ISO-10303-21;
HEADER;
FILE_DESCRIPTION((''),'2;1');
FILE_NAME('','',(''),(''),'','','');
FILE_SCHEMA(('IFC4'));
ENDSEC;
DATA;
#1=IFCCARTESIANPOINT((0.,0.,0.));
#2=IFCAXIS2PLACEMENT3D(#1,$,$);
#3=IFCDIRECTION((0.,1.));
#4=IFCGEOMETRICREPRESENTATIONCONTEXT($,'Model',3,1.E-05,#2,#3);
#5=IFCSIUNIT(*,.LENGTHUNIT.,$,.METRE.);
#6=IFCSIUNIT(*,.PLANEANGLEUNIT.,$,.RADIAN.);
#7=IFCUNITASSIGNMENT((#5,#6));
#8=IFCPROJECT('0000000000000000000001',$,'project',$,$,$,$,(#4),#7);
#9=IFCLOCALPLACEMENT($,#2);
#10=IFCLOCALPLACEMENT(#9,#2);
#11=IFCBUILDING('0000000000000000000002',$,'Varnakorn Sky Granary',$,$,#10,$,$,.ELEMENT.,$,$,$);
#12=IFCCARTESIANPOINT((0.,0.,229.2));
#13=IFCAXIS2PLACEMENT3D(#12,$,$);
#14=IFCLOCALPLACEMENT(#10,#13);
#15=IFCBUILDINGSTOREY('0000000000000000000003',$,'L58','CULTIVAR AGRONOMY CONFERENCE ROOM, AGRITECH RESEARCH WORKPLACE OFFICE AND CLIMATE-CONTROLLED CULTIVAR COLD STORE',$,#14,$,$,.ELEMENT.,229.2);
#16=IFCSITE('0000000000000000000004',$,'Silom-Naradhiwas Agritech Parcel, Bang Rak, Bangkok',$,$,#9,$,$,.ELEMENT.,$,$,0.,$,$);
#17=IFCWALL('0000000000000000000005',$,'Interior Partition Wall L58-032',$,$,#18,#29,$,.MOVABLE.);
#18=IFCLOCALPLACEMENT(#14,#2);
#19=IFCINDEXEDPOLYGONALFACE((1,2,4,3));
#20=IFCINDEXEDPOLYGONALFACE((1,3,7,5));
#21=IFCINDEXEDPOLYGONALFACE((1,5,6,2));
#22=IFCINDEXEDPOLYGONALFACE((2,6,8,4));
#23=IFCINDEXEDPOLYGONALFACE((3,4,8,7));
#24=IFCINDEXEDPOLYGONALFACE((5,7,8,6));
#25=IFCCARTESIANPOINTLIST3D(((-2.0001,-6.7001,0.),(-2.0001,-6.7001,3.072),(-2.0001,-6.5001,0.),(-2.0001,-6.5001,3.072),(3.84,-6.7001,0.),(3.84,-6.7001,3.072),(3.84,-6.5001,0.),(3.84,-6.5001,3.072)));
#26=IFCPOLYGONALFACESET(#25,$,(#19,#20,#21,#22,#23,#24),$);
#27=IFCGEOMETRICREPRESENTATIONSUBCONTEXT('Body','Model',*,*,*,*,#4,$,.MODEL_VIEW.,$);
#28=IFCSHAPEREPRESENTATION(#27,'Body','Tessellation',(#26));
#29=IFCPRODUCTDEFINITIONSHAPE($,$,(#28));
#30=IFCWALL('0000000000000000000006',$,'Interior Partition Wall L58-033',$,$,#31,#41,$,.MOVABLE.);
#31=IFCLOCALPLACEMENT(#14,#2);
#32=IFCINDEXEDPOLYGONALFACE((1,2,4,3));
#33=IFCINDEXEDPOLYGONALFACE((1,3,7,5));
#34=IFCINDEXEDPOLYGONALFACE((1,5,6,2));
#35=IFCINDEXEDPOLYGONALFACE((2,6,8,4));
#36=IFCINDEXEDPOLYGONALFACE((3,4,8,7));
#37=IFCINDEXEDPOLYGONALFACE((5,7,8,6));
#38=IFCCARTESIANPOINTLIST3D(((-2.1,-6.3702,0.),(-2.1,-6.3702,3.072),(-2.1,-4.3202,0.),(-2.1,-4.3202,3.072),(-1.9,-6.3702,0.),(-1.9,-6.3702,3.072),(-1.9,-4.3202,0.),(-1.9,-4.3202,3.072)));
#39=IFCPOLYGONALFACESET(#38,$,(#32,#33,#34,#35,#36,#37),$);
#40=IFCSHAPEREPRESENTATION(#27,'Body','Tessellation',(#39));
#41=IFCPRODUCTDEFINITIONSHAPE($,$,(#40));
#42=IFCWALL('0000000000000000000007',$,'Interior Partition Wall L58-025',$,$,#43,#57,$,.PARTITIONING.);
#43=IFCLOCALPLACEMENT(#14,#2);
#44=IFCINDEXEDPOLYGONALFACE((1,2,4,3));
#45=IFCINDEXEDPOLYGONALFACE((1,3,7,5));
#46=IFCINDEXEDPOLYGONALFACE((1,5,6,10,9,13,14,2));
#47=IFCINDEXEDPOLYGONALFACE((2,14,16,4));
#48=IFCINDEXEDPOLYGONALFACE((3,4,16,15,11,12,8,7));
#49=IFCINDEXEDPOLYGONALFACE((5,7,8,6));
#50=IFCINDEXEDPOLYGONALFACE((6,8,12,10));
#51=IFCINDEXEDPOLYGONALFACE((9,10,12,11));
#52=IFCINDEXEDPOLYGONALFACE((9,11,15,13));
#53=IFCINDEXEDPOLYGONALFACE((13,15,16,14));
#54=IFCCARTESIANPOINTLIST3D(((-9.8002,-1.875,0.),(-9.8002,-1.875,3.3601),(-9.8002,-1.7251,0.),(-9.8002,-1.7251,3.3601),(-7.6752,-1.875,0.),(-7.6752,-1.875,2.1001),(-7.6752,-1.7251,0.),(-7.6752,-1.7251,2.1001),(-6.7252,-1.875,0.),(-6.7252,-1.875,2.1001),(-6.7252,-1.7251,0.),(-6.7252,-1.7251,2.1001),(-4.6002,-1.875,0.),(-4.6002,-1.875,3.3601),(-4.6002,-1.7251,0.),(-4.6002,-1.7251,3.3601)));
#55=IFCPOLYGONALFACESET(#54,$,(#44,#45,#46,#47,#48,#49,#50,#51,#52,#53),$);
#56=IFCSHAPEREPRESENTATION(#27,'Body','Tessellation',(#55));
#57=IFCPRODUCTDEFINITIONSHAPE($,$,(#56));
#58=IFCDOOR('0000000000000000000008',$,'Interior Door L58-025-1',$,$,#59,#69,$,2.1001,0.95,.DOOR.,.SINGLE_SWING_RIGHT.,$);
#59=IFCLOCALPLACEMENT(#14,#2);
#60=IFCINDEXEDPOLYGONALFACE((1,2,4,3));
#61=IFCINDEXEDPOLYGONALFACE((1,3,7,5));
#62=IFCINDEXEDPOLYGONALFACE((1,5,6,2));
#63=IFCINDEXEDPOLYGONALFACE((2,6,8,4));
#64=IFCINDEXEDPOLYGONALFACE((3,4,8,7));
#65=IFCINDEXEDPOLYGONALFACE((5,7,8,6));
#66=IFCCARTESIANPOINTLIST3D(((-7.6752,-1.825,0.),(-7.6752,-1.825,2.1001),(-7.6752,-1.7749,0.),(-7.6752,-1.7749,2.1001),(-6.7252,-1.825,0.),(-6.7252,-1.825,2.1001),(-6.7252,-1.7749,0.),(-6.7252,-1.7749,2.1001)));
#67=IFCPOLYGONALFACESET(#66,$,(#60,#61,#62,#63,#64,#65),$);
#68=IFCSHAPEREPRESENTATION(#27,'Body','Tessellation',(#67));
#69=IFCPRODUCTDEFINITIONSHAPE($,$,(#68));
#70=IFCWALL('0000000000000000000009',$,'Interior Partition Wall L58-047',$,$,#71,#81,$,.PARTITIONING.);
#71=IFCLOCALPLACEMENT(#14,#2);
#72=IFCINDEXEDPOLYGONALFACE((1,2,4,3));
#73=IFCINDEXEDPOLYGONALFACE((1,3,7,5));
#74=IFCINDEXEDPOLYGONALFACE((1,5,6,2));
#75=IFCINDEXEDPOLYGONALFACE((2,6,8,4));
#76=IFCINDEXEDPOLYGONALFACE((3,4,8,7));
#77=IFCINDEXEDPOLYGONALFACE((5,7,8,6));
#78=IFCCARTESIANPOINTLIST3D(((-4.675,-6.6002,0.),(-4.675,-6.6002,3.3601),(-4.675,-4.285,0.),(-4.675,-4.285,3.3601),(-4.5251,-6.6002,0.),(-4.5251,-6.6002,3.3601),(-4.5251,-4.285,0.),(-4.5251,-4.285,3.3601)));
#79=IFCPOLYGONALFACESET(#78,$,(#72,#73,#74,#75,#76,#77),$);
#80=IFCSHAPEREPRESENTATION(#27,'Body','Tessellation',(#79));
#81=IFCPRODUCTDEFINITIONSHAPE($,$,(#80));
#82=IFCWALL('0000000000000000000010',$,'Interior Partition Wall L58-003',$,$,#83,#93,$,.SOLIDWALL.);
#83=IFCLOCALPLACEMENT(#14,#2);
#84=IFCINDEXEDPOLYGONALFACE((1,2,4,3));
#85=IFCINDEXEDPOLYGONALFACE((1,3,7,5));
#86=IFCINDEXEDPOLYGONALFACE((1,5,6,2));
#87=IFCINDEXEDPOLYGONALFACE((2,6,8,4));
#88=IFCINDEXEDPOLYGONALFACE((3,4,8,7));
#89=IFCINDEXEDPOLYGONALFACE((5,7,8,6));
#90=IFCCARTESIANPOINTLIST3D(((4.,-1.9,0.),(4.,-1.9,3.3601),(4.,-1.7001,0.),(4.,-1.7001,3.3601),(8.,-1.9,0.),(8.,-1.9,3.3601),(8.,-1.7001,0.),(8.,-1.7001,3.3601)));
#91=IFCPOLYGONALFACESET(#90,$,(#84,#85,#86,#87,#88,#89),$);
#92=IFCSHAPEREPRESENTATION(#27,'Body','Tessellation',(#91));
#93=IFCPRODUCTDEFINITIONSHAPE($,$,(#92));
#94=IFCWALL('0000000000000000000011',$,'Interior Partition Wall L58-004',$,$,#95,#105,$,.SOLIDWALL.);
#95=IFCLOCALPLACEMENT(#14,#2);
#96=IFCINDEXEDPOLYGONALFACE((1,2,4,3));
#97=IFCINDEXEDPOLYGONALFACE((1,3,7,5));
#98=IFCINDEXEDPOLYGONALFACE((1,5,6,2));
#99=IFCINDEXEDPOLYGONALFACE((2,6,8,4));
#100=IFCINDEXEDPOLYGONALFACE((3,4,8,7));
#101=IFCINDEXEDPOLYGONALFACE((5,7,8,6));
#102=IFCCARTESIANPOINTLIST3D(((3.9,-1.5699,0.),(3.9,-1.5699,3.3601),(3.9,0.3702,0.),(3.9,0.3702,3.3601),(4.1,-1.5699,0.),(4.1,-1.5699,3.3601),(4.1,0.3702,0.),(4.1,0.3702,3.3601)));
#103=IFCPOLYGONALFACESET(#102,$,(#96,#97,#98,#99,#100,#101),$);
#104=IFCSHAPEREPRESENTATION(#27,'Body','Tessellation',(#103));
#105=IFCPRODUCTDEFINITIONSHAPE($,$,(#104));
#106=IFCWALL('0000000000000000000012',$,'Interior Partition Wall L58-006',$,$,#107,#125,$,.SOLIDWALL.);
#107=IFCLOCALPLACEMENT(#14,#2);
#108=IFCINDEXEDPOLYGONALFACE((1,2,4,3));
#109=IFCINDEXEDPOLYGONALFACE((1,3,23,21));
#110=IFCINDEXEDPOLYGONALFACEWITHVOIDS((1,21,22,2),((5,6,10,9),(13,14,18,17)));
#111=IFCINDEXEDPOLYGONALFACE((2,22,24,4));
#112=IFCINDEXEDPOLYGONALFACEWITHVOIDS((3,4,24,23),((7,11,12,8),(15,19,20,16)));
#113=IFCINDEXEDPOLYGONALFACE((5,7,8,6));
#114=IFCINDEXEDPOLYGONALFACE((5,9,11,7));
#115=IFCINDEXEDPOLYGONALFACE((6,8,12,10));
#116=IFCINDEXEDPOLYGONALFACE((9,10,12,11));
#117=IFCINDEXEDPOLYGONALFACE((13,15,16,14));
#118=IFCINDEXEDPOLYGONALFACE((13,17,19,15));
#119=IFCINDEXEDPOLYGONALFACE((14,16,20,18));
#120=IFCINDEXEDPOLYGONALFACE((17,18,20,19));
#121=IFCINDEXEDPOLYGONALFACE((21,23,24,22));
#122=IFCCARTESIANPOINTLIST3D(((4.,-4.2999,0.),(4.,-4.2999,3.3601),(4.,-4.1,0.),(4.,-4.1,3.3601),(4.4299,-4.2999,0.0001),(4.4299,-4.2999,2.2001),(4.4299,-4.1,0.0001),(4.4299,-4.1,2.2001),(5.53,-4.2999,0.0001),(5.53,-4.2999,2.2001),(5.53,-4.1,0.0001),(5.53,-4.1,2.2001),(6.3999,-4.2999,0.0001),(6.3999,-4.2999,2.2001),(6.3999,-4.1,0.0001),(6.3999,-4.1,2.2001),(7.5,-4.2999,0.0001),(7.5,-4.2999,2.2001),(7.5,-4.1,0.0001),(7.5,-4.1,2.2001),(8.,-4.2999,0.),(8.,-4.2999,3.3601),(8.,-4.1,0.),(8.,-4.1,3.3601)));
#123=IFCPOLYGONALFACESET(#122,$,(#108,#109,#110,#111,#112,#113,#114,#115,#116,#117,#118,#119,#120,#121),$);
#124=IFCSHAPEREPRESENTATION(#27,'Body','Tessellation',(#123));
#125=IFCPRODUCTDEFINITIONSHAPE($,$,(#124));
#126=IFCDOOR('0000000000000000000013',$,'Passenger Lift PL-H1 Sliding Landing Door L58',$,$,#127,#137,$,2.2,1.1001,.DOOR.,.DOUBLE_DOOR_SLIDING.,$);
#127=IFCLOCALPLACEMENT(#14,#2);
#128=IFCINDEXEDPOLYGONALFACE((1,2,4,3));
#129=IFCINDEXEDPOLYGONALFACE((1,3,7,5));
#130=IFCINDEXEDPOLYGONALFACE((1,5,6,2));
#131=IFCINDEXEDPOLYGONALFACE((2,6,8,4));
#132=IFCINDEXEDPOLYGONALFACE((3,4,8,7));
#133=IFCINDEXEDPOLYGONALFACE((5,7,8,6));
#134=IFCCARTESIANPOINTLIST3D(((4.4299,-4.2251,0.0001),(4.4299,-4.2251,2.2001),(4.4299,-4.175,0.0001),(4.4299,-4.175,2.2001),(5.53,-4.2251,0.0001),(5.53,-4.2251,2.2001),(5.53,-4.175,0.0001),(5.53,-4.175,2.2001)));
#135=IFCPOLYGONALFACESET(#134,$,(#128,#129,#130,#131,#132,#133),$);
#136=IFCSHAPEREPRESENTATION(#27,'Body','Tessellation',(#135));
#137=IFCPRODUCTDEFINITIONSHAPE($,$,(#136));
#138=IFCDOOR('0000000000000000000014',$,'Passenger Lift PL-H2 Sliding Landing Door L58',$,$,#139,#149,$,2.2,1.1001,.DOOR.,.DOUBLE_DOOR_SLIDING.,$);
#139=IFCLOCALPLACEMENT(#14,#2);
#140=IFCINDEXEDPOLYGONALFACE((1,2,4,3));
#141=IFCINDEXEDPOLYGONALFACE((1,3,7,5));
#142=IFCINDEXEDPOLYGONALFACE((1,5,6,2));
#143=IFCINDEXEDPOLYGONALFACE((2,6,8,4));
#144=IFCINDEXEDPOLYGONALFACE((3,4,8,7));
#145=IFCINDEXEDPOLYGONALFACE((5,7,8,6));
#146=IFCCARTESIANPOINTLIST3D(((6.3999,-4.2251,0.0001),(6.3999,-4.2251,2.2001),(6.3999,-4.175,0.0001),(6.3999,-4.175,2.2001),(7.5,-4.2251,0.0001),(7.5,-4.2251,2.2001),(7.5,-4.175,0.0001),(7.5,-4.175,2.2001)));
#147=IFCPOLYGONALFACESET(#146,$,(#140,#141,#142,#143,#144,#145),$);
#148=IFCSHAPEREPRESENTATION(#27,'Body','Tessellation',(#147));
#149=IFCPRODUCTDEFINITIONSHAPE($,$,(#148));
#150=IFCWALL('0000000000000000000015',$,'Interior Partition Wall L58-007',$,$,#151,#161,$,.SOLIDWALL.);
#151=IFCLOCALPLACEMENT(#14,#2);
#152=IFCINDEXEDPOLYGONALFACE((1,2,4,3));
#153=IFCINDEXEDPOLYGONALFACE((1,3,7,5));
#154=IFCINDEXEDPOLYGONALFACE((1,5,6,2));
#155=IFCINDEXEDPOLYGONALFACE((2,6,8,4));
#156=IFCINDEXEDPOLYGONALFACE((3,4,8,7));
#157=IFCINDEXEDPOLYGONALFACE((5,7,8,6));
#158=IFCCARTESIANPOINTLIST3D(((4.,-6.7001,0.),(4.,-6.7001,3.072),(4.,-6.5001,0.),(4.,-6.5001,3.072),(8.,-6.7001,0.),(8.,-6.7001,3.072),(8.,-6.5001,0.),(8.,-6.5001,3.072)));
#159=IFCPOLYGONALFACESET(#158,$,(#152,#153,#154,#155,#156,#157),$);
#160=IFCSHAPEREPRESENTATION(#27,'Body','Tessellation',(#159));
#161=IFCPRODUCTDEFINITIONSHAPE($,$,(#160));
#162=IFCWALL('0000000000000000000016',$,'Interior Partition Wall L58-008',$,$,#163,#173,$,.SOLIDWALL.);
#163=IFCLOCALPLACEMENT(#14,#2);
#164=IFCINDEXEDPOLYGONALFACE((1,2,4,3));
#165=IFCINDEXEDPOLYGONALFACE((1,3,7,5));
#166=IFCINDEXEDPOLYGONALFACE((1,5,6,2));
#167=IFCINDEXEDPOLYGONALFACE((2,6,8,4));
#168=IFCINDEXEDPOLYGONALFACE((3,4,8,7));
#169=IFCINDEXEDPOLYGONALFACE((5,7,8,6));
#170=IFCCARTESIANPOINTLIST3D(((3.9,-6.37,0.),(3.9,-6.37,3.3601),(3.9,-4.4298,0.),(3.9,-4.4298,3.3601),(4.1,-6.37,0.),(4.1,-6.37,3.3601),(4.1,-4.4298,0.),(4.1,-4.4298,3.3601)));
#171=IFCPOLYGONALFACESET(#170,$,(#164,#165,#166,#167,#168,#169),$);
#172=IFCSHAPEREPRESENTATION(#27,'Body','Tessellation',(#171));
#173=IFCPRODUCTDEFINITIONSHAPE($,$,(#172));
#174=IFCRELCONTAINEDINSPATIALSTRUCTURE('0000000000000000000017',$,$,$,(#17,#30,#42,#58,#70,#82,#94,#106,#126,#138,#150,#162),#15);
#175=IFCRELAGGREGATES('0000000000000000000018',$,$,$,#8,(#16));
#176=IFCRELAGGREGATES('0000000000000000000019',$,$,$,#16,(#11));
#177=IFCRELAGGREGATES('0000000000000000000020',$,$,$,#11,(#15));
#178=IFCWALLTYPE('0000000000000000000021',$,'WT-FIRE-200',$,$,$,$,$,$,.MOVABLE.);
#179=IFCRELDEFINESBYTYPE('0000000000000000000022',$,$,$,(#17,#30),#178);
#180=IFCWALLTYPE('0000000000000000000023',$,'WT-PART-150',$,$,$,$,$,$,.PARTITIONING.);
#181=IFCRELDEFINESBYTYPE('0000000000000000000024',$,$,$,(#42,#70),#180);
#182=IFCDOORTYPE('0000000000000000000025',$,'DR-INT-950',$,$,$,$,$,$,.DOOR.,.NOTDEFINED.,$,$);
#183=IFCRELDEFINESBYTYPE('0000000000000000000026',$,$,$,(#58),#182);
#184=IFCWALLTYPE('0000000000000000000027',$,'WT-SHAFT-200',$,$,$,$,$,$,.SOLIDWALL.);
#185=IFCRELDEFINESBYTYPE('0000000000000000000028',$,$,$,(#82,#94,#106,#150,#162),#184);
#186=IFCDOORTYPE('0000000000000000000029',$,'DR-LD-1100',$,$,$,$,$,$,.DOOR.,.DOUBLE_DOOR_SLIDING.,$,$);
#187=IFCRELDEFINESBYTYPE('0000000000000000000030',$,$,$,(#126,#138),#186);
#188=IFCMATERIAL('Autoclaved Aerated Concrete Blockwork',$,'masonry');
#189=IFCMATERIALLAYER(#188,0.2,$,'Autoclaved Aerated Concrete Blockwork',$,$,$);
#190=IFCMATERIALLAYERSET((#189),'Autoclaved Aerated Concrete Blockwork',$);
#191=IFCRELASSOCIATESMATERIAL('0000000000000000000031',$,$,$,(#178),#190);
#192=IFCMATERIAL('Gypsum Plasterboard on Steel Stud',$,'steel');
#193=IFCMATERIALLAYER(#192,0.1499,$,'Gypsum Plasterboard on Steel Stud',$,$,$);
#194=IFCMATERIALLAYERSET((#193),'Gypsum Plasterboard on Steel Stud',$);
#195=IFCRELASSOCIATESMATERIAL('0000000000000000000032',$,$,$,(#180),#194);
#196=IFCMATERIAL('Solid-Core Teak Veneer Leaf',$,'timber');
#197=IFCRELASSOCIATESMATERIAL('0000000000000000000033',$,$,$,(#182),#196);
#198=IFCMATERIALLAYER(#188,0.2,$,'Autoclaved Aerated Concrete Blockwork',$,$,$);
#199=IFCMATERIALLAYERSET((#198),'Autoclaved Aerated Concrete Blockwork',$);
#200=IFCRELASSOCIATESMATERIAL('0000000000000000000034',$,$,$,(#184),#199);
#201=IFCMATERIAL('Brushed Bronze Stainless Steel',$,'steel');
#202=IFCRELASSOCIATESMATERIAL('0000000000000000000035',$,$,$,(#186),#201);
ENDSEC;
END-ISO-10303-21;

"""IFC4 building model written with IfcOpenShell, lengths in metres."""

from ifc_helpers import new_model, si_unit, direction, frame, frame_2d, origin, place, context, subcontext, project, spatial, rectangle, extrude, material, layer, layer_set, type_object, element, fill, save


model = new_model("IFC4")

# Units and contexts
model_context = context("Model", 3, precision=1e-05, world=origin(), true_north=direction((0.0, 1.0)))
body_context = subcontext(model_context, "Body", "Model", "MODEL_VIEW")
ifc_project = project(units=[si_unit("LENGTHUNIT", "METRE"), si_unit("PLANEANGLEUNIT", "RADIAN")], contexts=[model_context])

# Site, building, storey
site_placement = place(None, origin())
site = spatial("IfcSite", under=ifc_project, at=site_placement, Name="Silom-Naradhiwas Agritech Parcel, Bang Rak, Bangkok", CompositionType="ELEMENT", RefElevation=0.0)
building_placement = place(site_placement, origin())
building = spatial("IfcBuilding", under=site, at=building_placement, Name="Varnakorn Sky Granary", CompositionType="ELEMENT")
storey_placement = place(building_placement, frame((0.0, 0.0, 229.2)))
storey = spatial("IfcBuildingStorey", under=building, at=storey_placement, Name="L58", Description="CULTIVAR AGRONOMY CONFERENCE ROOM, AGRITECH RESEARCH WORKPLACE OFFICE AND CLIMATE-CONTROLLED CULTIVAR COLD STORE", CompositionType="ELEMENT", Elevation=229.2)

# Shared definitions
ifc_material_1 = material(Name="Autoclaved Aerated Concrete Blockwork", Category="masonry")
ifc_layer_1 = layer(ifc_material_1, 0.2, Name="Autoclaved Aerated Concrete Blockwork")
ifc_layer_set_1 = layer_set([ifc_layer_1], Name="Autoclaved Aerated Concrete Blockwork")
wall_type_1 = type_object("IfcWallType", Name="WT-FIRE-200", PredefinedType="MOVABLE", material=ifc_layer_set_1)

# Walls
wall_1_placement = place(storey_placement, frame((-2.0, -6.6001, 0.0), z_axis=(0.0, 0.0, 1.0), x_axis=(1.0, 0.0, 0.0)))
element("IfcWall", 1, at=wall_1_placement, inside=storey, type_object=wall_type_1, Name="Interior Partition Wall L58-032", PredefinedType="MOVABLE", context=body_context, shape_type="SweptSolid", body=[
    extrude(rectangle(XDim=5.8401, YDim=0.2, at=frame_2d((2.9199, 0.0))), origin(), (0.0, 0.0, 1.0), 3.072),
])
wall_2_placement = place(storey_placement, frame((-2.0, -6.3701, 0.0), z_axis=(0.0, 0.0, 1.0), x_axis=(0.0, 1.0, 0.0)))
element("IfcWall", 2, at=wall_2_placement, inside=storey, type_object=wall_type_1, Name="Interior Partition Wall L58-033", PredefinedType="MOVABLE", context=body_context, shape_type="SweptSolid", body=[
    extrude(rectangle(XDim=2.05, YDim=0.2, at=frame_2d((1.0249, 0.0))), origin(), (0.0, 0.0, 1.0), 3.072),
])

# Wall, opening, door
ifc_material_2 = material(Name="Gypsum Plasterboard on Steel Stud", Category="steel")
ifc_layer_2 = layer(ifc_material_2, 0.1499, Name="Gypsum Plasterboard on Steel Stud")
ifc_layer_set_2 = layer_set([ifc_layer_2], Name="Gypsum Plasterboard on Steel Stud")
wall_type_2 = type_object("IfcWallType", Name="WT-PART-150", PredefinedType="PARTITIONING", material=ifc_layer_set_2)
wall_3_placement = place(storey_placement, frame((-4.6001, -1.8, 0.0), z_axis=(0.0, 0.0, 1.0), x_axis=(-1.0, 0.0, 0.0)))
wall_3 = element("IfcWall", 3, at=wall_3_placement, inside=storey, type_object=wall_type_2, Name="Interior Partition Wall L58-025", PredefinedType="PARTITIONING", context=body_context, shape_type="SweptSolid", body=[
    extrude(rectangle(XDim=5.2, YDim=0.1499, at=frame_2d((2.6001, 0.0))), origin(), (0.0, 0.0, 1.0), 3.3601),
])
opening_1_placement = place(wall_3_placement, frame((2.125, 0.0, 0.0)))
opening_1 = element("IfcOpeningElement", 4, at=opening_1_placement, cuts=wall_3, PredefinedType="OPENING", context=body_context, shape_type="SweptSolid", body=[
    extrude(rectangle(XDim=0.95, YDim=2.1001, at=frame_2d((0.4751, 1.05))), frame((0.0, 0.085, 0.0), z_axis=(0.0, -1.0, 0.0), x_axis=(1.0, 0.0, 0.0)), (0.0, 0.0, 1.0), 0.1699),
])
ifc_material_3 = material(Name="Solid-Core Teak Veneer Leaf", Category="timber")
door_type_1 = type_object("IfcDoorType", Name="DR-INT-950", OperationType="NOTDEFINED", PredefinedType="DOOR", material=ifc_material_3)
door_1_placement = place(opening_1_placement, origin())
door_1 = element("IfcDoor", 5, at=door_1_placement, inside=storey, type_object=door_type_1, Name="Interior Door L58-025-1", OperationType="SINGLE_SWING_RIGHT", OverallHeight=2.1001, OverallWidth=0.95, PredefinedType="DOOR", context=body_context, shape_type="SweptSolid", body=[
    extrude(rectangle(XDim=0.95, YDim=2.1001, at=frame_2d((0.4751, 1.05))), frame((0.0, 0.0249, 0.0), z_axis=(0.0, -1.0, 0.0), x_axis=(1.0, 0.0, 0.0)), (0.0, 0.0, 1.0), 0.05),
])
fill(opening_1, door_1)

# Walls
wall_4_placement = place(storey_placement, frame((-4.6001, -4.2849, 0.0), z_axis=(0.0, 0.0, 1.0), x_axis=(0.0, -1.0, 0.0)))
element("IfcWall", 6, at=wall_4_placement, inside=storey, type_object=wall_type_2, Name="Interior Partition Wall L58-047", PredefinedType="PARTITIONING", context=body_context, shape_type="SweptSolid", body=[
    extrude(rectangle(XDim=2.3152, YDim=0.1499, at=frame_2d((1.1577, 0.0))), origin(), (0.0, 0.0, 1.0), 3.3601),
])
ifc_layer_3 = layer(ifc_material_1, 0.2, Name="Autoclaved Aerated Concrete Blockwork")
ifc_layer_set_3 = layer_set([ifc_layer_3], Name="Autoclaved Aerated Concrete Blockwork")
wall_type_3 = type_object("IfcWallType", Name="WT-SHAFT-200", PredefinedType="SOLIDWALL", material=ifc_layer_set_3)
wall_5_placement = place(storey_placement, frame((4.0, -1.8, 0.0), z_axis=(0.0, 0.0, 1.0), x_axis=(1.0, 0.0, 0.0)))
element("IfcWall", 7, at=wall_5_placement, inside=storey, type_object=wall_type_3, Name="Interior Partition Wall L58-003", PredefinedType="SOLIDWALL", context=body_context, shape_type="SweptSolid", body=[
    extrude(rectangle(XDim=4.0, YDim=0.2, at=frame_2d((2.0, 0.0))), origin(), (0.0, 0.0, 1.0), 3.3601),
])
wall_6_placement = place(storey_placement, frame((4.0, -1.5701, 0.0), z_axis=(0.0, 0.0, 1.0), x_axis=(0.0, 1.0, 0.0)))
element("IfcWall", 8, at=wall_6_placement, inside=storey, type_object=wall_type_3, Name="Interior Partition Wall L58-004", PredefinedType="SOLIDWALL", context=body_context, shape_type="SweptSolid", body=[
    extrude(rectangle(XDim=1.9402, YDim=0.2, at=frame_2d((0.9702, 0.0))), origin(), (0.0, 0.0, 1.0), 3.3601),
])

# Wall, openings, doors
wall_7_placement = place(storey_placement, frame((4.0, -4.2, 0.0), z_axis=(0.0, 0.0, 1.0), x_axis=(1.0, 0.0, 0.0)))
wall_7 = element("IfcWall", 9, at=wall_7_placement, inside=storey, type_object=wall_type_3, Name="Interior Partition Wall L58-006", PredefinedType="SOLIDWALL", context=body_context, shape_type="SweptSolid", body=[
    extrude(rectangle(XDim=4.0, YDim=0.2, at=frame_2d((2.0, 0.0))), origin(), (0.0, 0.0, 1.0), 3.3601),
])
opening_2_placement = place(wall_7_placement, frame((0.4299, 0.0, 0.0)))
opening_2 = element("IfcOpeningElement", 10, at=opening_2_placement, cuts=wall_7, PredefinedType="OPENING", context=body_context, shape_type="SweptSolid", body=[
    extrude(rectangle(XDim=1.1001, YDim=2.2, at=frame_2d((0.55, 1.1001))), frame((0.0, 0.1099, 0.0), z_axis=(0.0, -1.0, 0.0), x_axis=(1.0, 0.0, 0.0)), (0.0, 0.0, 1.0), 0.22),
])
opening_3_placement = place(wall_7_placement, frame((2.3999, 0.0, 0.0)))
opening_3 = element("IfcOpeningElement", 11, at=opening_3_placement, cuts=wall_7, PredefinedType="OPENING", context=body_context, shape_type="SweptSolid", body=[
    extrude(rectangle(XDim=1.1001, YDim=2.2, at=frame_2d((0.55, 1.1001))), frame((0.0, 0.1099, 0.0), z_axis=(0.0, -1.0, 0.0), x_axis=(1.0, 0.0, 0.0)), (0.0, 0.0, 1.0), 0.22),
])
ifc_material_4 = material(Name="Brushed Bronze Stainless Steel", Category="steel")
door_type_2 = type_object("IfcDoorType", Name="DR-LD-1100", OperationType="DOUBLE_DOOR_SLIDING", PredefinedType="DOOR", material=ifc_material_4)
door_2_placement = place(opening_2_placement, origin())
door_2 = element("IfcDoor", 12, at=door_2_placement, inside=storey, type_object=door_type_2, Name="Passenger Lift PL-H1 Sliding Landing Door L58", OperationType="DOUBLE_DOOR_SLIDING", OverallHeight=2.2, OverallWidth=1.1001, PredefinedType="DOOR", context=body_context, shape_type="SweptSolid", body=[
    extrude(rectangle(XDim=1.1001, YDim=2.2, at=frame_2d((0.55, 1.1001))), frame((0.0, 0.0249, 0.0), z_axis=(0.0, -1.0, 0.0), x_axis=(1.0, 0.0, 0.0)), (0.0, 0.0, 1.0), 0.05),
])
fill(opening_2, door_2)
door_3_placement = place(opening_3_placement, origin())
door_3 = element("IfcDoor", 13, at=door_3_placement, inside=storey, type_object=door_type_2, Name="Passenger Lift PL-H2 Sliding Landing Door L58", OperationType="DOUBLE_DOOR_SLIDING", OverallHeight=2.2, OverallWidth=1.1001, PredefinedType="DOOR", context=body_context, shape_type="SweptSolid", body=[
    extrude(rectangle(XDim=1.1001, YDim=2.2, at=frame_2d((0.55, 1.1001))), frame((0.0, 0.0249, 0.0), z_axis=(0.0, -1.0, 0.0), x_axis=(1.0, 0.0, 0.0)), (0.0, 0.0, 1.0), 0.05),
])
fill(opening_3, door_3)

# Walls
wall_8_placement = place(storey_placement, frame((4.0, -6.6001, 0.0), z_axis=(0.0, 0.0, 1.0), x_axis=(1.0, 0.0, 0.0)))
element("IfcWall", 14, at=wall_8_placement, inside=storey, type_object=wall_type_3, Name="Interior Partition Wall L58-007", PredefinedType="SOLIDWALL", context=body_context, shape_type="SweptSolid", body=[
    extrude(rectangle(XDim=4.0, YDim=0.2, at=frame_2d((2.0, 0.0))), origin(), (0.0, 0.0, 1.0), 3.072),
])
wall_9_placement = place(storey_placement, frame((4.0, -6.3701, 0.0), z_axis=(0.0, 0.0, 1.0), x_axis=(0.0, 1.0, 0.0)))
element("IfcWall", 15, at=wall_9_placement, inside=storey, type_object=wall_type_3, Name="Interior Partition Wall L58-008", PredefinedType="SOLIDWALL", context=body_context, shape_type="SweptSolid", body=[
    extrude(rectangle(XDim=1.9402, YDim=0.2, at=frame_2d((0.9702, 0.0))), origin(), (0.0, 0.0, 1.0), 3.3601),
])

save(model, "model.ifc")
